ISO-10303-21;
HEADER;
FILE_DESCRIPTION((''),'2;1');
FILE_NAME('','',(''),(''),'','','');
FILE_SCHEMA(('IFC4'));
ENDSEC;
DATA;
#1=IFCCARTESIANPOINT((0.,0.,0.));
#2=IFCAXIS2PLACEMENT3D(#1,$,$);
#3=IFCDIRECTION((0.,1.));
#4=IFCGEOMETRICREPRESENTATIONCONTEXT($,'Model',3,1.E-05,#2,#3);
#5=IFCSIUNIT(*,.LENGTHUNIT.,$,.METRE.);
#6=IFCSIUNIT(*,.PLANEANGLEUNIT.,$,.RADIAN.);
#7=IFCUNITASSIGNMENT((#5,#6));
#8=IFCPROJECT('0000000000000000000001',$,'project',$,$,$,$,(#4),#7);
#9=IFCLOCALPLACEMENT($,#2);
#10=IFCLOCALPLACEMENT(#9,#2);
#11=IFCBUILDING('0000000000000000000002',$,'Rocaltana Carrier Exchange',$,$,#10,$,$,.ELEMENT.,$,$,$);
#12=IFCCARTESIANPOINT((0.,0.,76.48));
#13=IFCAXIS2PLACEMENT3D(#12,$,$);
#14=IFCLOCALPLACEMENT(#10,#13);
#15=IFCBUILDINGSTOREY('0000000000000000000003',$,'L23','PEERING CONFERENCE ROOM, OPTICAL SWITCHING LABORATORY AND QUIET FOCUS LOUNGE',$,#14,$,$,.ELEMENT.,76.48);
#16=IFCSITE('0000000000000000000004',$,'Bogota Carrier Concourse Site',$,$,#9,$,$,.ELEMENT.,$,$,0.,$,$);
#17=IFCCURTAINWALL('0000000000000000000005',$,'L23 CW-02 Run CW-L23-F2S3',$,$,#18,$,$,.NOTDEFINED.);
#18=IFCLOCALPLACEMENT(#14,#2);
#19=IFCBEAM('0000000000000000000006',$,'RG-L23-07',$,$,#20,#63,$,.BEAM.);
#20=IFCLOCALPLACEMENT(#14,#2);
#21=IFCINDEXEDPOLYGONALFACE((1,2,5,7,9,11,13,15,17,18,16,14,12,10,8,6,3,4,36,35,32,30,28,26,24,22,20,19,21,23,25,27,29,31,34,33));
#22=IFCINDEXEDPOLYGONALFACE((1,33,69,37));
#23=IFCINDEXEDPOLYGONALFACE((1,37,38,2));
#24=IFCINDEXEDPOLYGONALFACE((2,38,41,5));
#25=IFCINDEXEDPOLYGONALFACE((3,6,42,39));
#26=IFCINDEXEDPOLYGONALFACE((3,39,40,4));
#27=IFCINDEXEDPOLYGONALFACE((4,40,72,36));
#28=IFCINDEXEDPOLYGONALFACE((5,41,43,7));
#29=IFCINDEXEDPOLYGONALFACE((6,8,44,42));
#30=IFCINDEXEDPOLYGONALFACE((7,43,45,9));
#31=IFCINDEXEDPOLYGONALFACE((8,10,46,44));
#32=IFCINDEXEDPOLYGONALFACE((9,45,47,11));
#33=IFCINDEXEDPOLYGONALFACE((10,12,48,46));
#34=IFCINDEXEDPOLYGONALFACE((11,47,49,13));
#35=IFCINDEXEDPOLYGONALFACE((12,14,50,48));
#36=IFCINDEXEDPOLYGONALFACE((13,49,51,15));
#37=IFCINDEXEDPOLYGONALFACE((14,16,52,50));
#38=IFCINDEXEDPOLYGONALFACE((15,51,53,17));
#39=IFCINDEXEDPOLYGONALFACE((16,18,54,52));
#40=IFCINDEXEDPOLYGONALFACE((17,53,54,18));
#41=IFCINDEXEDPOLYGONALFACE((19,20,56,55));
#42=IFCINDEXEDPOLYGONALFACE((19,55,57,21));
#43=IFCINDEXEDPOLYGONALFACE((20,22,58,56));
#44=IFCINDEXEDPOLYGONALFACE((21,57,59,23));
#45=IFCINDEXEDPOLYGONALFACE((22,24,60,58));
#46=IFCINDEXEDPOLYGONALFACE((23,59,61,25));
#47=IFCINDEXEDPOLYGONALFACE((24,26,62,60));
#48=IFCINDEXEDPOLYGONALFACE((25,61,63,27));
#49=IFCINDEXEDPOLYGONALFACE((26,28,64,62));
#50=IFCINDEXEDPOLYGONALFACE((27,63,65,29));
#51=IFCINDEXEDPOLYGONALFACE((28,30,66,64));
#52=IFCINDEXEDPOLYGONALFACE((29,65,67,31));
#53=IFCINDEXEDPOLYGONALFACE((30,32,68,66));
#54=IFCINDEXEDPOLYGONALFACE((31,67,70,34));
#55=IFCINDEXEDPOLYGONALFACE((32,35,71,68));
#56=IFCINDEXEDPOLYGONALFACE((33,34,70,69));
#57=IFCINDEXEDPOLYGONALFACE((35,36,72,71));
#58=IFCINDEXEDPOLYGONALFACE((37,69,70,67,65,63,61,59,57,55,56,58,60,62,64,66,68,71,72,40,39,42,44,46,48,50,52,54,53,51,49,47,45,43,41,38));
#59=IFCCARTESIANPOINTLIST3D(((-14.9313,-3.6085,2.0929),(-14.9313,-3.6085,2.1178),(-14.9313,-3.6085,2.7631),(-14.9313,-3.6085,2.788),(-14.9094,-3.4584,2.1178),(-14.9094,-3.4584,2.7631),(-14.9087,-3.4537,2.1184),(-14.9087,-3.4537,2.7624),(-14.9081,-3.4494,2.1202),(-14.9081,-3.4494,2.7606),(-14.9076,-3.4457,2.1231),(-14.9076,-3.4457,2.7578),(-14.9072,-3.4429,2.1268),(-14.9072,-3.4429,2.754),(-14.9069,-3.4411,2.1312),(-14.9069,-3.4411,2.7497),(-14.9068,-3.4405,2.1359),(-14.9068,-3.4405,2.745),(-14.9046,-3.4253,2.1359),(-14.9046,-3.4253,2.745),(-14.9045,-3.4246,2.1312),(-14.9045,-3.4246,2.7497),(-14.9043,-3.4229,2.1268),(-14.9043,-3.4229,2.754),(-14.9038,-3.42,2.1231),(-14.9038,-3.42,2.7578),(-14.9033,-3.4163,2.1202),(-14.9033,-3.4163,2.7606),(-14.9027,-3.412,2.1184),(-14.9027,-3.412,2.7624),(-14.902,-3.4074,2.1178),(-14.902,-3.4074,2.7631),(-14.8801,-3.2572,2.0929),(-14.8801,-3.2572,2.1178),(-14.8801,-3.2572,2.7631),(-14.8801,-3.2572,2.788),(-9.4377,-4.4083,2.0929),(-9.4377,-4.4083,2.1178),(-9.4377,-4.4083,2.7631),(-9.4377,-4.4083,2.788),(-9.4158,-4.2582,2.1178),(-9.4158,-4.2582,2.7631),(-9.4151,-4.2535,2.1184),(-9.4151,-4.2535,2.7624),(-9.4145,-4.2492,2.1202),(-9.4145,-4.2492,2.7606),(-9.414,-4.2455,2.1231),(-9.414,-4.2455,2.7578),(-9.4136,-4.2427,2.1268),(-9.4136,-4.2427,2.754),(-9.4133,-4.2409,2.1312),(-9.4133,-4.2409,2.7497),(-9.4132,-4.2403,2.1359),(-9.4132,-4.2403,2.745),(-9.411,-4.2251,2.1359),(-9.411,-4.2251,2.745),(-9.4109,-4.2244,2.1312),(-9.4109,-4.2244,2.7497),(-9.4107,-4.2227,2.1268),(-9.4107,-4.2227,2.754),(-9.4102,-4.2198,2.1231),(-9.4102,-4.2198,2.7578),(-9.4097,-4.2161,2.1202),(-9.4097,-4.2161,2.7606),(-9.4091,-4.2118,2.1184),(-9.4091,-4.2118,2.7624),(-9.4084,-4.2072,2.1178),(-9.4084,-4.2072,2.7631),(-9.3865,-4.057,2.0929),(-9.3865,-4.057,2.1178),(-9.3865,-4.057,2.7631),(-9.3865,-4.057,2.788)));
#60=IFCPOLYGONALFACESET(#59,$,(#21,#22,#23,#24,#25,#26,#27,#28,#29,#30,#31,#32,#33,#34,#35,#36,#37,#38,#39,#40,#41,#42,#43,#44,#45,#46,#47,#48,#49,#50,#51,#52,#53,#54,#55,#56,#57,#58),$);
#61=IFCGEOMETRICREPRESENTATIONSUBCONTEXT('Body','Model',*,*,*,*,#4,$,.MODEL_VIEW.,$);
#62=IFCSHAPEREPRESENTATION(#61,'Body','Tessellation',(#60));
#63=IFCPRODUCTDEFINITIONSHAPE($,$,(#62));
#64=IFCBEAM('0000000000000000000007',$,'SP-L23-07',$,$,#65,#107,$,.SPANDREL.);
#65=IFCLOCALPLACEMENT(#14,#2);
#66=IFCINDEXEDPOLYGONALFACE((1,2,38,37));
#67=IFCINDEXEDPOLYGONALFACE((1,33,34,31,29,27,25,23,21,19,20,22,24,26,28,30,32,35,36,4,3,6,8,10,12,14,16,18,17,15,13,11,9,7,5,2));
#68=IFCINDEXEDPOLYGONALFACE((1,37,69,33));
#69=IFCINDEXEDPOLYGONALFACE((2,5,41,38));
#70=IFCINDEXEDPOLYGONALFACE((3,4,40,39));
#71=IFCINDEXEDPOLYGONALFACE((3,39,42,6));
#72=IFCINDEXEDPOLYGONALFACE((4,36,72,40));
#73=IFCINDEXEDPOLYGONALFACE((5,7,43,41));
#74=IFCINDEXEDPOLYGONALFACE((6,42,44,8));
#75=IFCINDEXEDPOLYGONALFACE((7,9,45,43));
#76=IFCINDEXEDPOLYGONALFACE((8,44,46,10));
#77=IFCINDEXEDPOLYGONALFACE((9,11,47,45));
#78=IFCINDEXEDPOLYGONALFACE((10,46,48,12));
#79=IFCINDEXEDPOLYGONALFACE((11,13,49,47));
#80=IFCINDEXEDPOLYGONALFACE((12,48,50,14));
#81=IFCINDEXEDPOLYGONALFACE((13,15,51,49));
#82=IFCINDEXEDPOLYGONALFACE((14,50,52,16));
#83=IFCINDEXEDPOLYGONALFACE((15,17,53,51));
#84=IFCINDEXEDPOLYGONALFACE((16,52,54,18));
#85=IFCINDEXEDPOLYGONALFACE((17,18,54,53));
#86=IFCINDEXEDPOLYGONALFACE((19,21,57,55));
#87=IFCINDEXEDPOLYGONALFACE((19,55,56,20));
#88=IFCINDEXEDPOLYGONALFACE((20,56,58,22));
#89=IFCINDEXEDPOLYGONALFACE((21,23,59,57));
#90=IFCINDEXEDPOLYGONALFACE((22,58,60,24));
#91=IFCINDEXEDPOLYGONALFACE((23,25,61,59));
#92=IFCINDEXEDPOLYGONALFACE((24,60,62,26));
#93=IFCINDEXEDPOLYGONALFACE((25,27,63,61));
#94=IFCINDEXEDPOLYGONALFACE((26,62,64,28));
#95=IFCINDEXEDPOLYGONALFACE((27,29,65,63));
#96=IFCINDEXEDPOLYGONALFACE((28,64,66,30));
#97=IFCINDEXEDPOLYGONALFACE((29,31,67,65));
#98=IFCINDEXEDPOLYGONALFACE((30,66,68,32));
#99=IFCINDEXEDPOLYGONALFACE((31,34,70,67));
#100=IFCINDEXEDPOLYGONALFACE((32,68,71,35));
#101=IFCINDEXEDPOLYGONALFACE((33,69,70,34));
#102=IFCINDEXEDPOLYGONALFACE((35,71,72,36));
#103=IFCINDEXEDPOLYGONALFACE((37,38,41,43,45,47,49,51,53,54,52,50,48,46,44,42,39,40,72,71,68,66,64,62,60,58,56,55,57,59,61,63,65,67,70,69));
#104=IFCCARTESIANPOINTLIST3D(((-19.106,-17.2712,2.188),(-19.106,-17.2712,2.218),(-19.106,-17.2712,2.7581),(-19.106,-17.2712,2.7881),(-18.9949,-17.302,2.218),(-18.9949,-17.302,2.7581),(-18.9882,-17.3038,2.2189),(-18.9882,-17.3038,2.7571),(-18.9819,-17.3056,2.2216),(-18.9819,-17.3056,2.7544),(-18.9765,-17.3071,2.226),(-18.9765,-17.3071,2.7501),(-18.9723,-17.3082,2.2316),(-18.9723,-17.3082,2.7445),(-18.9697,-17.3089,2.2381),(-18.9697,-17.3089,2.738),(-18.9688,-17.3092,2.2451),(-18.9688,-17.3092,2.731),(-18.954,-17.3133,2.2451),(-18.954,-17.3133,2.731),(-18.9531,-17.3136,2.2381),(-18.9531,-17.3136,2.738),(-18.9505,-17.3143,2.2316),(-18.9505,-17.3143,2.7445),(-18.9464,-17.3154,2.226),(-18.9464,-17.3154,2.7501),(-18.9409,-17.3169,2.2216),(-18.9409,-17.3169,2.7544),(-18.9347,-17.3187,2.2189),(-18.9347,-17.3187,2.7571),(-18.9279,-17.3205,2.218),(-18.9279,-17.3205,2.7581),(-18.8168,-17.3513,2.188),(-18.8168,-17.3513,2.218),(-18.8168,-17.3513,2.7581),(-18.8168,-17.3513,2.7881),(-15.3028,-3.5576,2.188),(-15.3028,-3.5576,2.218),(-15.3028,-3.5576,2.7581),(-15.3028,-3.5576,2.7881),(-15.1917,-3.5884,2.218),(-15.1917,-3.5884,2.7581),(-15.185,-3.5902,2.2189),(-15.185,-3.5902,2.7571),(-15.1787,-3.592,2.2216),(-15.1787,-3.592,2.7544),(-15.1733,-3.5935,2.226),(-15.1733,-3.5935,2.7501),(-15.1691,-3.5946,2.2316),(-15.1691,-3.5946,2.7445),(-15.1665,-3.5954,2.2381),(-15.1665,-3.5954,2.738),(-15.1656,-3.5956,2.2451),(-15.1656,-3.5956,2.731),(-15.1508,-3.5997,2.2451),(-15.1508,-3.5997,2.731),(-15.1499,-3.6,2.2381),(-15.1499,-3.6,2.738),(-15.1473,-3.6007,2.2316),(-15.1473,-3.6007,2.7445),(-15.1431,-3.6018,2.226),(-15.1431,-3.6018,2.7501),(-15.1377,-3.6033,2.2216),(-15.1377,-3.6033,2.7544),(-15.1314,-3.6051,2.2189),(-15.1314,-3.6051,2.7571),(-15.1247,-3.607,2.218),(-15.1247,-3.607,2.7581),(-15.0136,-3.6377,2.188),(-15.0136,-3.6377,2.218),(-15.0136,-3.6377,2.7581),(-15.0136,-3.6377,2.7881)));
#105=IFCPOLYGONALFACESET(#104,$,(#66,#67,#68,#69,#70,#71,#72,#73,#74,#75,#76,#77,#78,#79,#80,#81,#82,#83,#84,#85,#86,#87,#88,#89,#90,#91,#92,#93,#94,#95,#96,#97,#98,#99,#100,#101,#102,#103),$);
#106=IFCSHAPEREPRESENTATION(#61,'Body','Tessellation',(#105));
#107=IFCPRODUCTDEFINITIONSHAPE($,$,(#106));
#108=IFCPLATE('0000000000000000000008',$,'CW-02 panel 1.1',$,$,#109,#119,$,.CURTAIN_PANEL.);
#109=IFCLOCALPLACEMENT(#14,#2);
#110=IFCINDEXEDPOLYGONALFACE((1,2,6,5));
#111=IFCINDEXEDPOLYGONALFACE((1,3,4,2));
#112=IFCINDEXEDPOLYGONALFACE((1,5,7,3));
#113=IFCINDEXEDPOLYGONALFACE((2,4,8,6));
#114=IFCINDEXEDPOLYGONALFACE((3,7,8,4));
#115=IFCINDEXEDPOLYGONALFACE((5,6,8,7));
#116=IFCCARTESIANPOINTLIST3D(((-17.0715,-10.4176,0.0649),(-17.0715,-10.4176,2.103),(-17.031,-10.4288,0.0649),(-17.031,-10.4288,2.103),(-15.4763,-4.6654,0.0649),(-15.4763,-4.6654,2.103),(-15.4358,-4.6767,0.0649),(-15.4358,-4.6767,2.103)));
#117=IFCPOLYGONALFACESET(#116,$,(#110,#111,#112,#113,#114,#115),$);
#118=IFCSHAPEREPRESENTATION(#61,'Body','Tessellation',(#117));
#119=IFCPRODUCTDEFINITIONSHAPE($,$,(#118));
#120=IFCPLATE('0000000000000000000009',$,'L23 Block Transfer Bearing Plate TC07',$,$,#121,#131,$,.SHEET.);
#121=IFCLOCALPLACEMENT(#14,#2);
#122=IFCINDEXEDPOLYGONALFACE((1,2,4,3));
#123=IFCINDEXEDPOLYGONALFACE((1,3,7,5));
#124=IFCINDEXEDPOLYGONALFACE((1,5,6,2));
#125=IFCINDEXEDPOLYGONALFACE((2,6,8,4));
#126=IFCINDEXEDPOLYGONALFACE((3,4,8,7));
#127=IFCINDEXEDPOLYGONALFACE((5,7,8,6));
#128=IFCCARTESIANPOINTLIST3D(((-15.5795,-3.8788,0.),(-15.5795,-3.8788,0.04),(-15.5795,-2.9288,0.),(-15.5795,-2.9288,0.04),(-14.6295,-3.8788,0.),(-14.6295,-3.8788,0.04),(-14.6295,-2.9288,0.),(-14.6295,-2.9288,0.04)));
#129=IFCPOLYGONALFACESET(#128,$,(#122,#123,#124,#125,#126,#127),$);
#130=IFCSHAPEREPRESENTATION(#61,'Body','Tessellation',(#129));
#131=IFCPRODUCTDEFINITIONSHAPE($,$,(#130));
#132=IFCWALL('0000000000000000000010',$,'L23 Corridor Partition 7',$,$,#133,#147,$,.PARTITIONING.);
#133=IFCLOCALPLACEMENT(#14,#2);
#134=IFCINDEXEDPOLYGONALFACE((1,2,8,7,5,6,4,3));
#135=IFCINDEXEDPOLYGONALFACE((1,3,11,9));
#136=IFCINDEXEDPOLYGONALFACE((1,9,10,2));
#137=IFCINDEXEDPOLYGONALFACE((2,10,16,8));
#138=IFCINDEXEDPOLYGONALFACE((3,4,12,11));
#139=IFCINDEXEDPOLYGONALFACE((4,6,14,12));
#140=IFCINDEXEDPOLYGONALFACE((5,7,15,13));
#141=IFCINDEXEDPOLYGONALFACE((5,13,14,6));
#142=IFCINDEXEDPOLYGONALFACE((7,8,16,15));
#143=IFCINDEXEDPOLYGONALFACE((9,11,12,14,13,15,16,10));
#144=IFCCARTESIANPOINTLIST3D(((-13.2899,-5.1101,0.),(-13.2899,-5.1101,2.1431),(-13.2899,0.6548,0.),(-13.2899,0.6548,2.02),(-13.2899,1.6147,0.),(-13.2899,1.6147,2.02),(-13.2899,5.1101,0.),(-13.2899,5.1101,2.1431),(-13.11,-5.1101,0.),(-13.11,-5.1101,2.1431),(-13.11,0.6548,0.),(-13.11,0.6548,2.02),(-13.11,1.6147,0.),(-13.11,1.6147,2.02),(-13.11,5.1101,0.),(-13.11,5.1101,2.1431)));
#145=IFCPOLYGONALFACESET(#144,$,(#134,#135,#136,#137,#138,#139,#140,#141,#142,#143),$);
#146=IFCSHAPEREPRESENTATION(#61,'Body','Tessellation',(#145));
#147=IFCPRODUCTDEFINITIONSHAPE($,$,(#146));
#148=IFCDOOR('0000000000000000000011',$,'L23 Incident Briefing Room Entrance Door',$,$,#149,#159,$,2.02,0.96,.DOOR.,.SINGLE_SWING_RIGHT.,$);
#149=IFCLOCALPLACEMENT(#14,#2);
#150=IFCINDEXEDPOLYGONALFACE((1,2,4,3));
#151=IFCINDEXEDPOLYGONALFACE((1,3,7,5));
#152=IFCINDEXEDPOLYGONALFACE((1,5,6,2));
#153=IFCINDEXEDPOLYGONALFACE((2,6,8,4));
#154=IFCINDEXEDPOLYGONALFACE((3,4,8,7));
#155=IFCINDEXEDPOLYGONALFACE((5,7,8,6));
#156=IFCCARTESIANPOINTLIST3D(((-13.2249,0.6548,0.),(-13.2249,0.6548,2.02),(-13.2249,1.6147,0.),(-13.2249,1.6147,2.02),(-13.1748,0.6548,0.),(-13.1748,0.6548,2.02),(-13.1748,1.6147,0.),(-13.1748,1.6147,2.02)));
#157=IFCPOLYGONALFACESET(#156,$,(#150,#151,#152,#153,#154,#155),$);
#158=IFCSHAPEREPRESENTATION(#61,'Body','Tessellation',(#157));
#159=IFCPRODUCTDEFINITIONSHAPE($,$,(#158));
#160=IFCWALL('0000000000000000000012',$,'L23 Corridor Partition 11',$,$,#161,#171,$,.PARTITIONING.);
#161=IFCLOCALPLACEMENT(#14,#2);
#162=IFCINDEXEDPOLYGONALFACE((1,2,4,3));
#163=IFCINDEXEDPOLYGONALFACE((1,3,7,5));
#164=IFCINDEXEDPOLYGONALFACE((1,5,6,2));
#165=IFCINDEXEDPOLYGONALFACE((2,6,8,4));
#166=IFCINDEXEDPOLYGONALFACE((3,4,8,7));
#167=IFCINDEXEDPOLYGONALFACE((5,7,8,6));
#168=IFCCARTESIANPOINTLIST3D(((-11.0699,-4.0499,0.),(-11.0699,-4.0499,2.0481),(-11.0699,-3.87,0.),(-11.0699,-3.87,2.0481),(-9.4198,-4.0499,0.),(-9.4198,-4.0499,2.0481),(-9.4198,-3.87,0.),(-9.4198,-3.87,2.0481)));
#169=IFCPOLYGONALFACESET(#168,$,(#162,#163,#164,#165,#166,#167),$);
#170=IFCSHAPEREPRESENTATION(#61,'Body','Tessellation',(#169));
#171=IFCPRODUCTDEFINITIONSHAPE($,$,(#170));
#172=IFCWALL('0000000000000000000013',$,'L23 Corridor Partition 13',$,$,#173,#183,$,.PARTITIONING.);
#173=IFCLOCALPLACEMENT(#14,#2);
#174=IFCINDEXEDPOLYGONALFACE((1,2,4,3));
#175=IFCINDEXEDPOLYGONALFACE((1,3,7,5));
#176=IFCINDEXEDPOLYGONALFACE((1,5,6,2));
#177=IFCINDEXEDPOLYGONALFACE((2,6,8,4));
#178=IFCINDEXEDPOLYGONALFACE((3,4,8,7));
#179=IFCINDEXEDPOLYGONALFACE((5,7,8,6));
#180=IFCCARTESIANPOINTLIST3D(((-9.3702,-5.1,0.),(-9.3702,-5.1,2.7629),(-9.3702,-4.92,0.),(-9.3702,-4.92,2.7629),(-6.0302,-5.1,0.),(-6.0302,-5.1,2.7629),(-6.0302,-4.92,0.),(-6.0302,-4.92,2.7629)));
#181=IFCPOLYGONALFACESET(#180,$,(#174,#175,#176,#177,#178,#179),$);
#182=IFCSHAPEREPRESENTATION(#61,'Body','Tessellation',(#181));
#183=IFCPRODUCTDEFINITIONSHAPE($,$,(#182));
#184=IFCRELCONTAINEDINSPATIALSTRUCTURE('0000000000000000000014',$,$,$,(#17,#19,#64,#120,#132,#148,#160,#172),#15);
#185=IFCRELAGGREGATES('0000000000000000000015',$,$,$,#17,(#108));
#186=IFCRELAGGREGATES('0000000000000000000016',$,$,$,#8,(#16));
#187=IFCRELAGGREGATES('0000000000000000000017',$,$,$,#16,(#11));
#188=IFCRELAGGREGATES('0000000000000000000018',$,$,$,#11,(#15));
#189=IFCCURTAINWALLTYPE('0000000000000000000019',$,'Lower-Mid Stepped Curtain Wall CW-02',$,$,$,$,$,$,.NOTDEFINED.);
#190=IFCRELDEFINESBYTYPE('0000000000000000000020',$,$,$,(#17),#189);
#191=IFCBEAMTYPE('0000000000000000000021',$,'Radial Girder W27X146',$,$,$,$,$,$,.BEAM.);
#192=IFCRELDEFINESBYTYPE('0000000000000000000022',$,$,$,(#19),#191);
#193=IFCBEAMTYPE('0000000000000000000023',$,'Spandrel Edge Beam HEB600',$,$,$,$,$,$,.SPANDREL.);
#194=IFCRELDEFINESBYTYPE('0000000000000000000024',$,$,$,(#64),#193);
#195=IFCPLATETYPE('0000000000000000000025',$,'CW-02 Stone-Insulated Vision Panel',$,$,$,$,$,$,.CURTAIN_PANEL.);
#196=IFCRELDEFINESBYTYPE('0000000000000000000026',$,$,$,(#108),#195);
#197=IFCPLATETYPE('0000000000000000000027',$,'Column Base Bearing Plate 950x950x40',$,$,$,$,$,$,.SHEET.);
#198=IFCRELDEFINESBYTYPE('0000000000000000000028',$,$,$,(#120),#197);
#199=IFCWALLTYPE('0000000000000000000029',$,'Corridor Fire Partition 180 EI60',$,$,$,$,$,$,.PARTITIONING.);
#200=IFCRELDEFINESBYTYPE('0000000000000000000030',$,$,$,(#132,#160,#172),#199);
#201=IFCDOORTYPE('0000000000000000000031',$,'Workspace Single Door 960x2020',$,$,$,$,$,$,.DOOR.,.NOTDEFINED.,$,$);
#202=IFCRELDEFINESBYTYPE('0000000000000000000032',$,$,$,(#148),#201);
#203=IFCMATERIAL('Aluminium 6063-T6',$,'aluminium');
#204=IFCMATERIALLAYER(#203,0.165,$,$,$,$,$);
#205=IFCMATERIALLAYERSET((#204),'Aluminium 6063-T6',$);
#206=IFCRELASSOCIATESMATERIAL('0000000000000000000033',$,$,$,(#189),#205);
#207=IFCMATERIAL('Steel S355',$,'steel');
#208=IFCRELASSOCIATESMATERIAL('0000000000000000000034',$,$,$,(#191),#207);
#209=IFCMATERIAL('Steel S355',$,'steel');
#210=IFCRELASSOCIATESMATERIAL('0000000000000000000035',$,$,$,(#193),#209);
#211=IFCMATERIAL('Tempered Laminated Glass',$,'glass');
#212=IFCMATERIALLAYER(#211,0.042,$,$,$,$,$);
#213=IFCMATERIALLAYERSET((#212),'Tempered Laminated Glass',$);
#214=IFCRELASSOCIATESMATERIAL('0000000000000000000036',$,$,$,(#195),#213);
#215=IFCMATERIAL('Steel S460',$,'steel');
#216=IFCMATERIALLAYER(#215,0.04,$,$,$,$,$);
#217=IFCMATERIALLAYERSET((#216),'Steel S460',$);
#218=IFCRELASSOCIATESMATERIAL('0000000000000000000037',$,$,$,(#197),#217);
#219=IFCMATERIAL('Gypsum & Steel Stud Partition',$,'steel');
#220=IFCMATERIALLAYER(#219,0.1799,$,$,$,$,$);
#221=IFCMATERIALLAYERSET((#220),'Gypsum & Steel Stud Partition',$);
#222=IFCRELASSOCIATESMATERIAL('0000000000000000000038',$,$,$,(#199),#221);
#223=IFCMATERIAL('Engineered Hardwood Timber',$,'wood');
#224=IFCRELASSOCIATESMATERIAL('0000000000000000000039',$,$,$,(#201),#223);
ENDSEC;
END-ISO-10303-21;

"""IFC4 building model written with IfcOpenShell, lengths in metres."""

from ifc_helpers import new_model, si_unit, direction, frame, frame_2d, origin, origin_2d, place, context, subcontext, project, spatial, rectangle, i_section, extrude, material, layer, layer_set, material_profile, profile_set, type_object, element, fill, aggregate, save


model = new_model("IFC4")

# Units and contexts
model_context = context("Model", 3, precision=1e-05, world=origin(), true_north=direction((0.0, 1.0)))
body_context = subcontext(model_context, "Body", "Model", "MODEL_VIEW")
ifc_project = project(units=[si_unit("LENGTHUNIT", "METRE"), si_unit("PLANEANGLEUNIT", "RADIAN")], contexts=[model_context])

# Site, building, storey
site_placement = place(None, origin())
site = spatial("IfcSite", under=ifc_project, at=site_placement, Name="Bogota Carrier Concourse Site", CompositionType="ELEMENT", RefElevation=0.0)
building_placement = place(site_placement, origin())
building = spatial("IfcBuilding", under=site, at=building_placement, Name="Rocaltana Carrier Exchange", CompositionType="ELEMENT")
storey_placement = place(building_placement, frame((0.0, 0.0, 76.48)))
storey = spatial("IfcBuildingStorey", under=building, at=storey_placement, Name="L23", Description="PEERING CONFERENCE ROOM, OPTICAL SWITCHING LABORATORY AND QUIET FOCUS LOUNGE", CompositionType="ELEMENT", Elevation=76.48)

# Shared definitions
ifc_material_1 = material(Name="Aluminium 6063-T6", Category="aluminium")
ifc_layer_1 = layer(ifc_material_1, 0.165)
ifc_layer_set_1 = layer_set([ifc_layer_1], Name="Aluminium 6063-T6")
curtain_wall_type = type_object("IfcCurtainWallType", Name="Lower-Mid Stepped Curtain Wall CW-02", PredefinedType="NOTDEFINED", material=ifc_layer_set_1)

# Curtain wall
curtain_wall_1_placement = place(storey_placement, origin())
curtain_wall_1 = element("IfcCurtainWall", 1, at=curtain_wall_1_placement, inside=storey, type_object=curtain_wall_type, Name="L23 CW-02 Run CW-L23-F2S3", PredefinedType="NOTDEFINED")

# Beams
ifc_material_2 = material(Name="Steel S355", Category="steel")
ifc_material_profile_1 = material_profile(ifc_material_2, i_section(OverallWidth=0.355, OverallDepth=0.6951, WebThickness=0.0154, FlangeThickness=0.0249, FilletRadius=0.0181, at=origin_2d()), Name="W27X146")
ifc_profile_set_1 = profile_set([ifc_material_profile_1], Name="Steel S355")
beam_type_1 = type_object("IfcBeamType", Name="Radial Girder W27X146", PredefinedType="BEAM", material=ifc_profile_set_1)
beam_1_placement = place(storey_placement, frame((-9.4121, -4.2327, 2.4404), z_axis=(-0.989568, 0.144068, 0.0), x_axis=(-0.144068, -0.989568, 0.0)))
element("IfcBeam", 2, at=beam_1_placement, inside=storey, type_object=beam_type_1, Name="RG-L23-07", PredefinedType="BEAM", context=body_context, shape_type="SweptSolid", body=[
    extrude(i_section(OverallWidth=0.355, OverallDepth=0.6951, WebThickness=0.0154, FlangeThickness=0.0249, FilletRadius=0.0181, at=origin_2d()), origin(), (0.0, 0.0, 1.0), 5.5515),
])
ifc_material_3 = material(Name="Steel S355", Category="steel")
ifc_material_profile_2 = material_profile(ifc_material_3, i_section(OverallWidth=0.3, OverallDepth=0.6001, WebThickness=0.0154, FlangeThickness=0.03, FilletRadius=0.0271, at=origin_2d()), Name="HEB600")
ifc_profile_set_2 = profile_set([ifc_material_profile_2], Name="Steel S355")
beam_type_2 = type_object("IfcBeamType", Name="Spandrel Edge Beam HEB600", PredefinedType="SPANDREL", material=ifc_profile_set_2)
beam_2_placement = place(storey_placement, frame((-15.1582, -3.5977, 2.488), z_axis=(-0.267245, -0.963629, 0.0), x_axis=(0.963629, -0.267245, 0.0)))
element("IfcBeam", 3, at=beam_2_placement, inside=storey, type_object=beam_type_2, Name="SP-L23-07", PredefinedType="SPANDREL", context=body_context, shape_type="SweptSolid", body=[
    extrude(i_section(OverallWidth=0.3, OverallDepth=0.6001, WebThickness=0.0154, FlangeThickness=0.03, FilletRadius=0.0271, at=origin_2d()), origin(), (0.0, 0.0, 1.0), 14.2312),
])

# Plates
ifc_material_4 = material(Name="Tempered Laminated Glass", Category="glass")
ifc_layer_2 = layer(ifc_material_4, 0.042)
ifc_layer_set_2 = layer_set([ifc_layer_2], Name="Tempered Laminated Glass")
plate_type_1 = type_object("IfcPlateType", Name="CW-02 Stone-Insulated Vision Panel", PredefinedType="CURTAIN_PANEL", material=ifc_layer_set_2)
plate_1_placement = place(storey_placement, frame((-16.2537, -7.5471, 0.0649), z_axis=(0.0, 0.0, 1.0), x_axis=(-0.267243, -0.963629, 0.0)))
plate_1 = element("IfcPlate", 4, at=plate_1_placement, type_object=plate_type_1, Name="CW-02 panel 1.1", PredefinedType="CURTAIN_PANEL", context=body_context, shape_type="SweptSolid", body=[
    extrude(rectangle(XDim=5.9692, YDim=0.042, at=origin_2d()), origin(), (0.0, 0.0, 1.0), 2.0381),
])
aggregate(curtain_wall_1, [plate_1])
ifc_material_5 = material(Name="Steel S460", Category="steel")
ifc_layer_3 = layer(ifc_material_5, 0.04)
ifc_layer_set_3 = layer_set([ifc_layer_3], Name="Steel S460")
plate_type_2 = type_object("IfcPlateType", Name="Column Base Bearing Plate 950x950x40", PredefinedType="SHEET", material=ifc_layer_set_3)
plate_2_placement = place(storey_placement, frame((-15.1045, -3.4038, 0.0), z_axis=(0.0, 0.0, 1.0), x_axis=(1.0, 0.0, 0.0)))
element("IfcPlate", 5, at=plate_2_placement, inside=storey, type_object=plate_type_2, Name="L23 Block Transfer Bearing Plate TC07", PredefinedType="SHEET", context=body_context, shape_type="SweptSolid", body=[
    extrude(rectangle(XDim=0.95, YDim=0.95, at=origin_2d()), origin(), (0.0, 0.0, 1.0), 0.04),
])

# Wall, opening, door
ifc_material_6 = material(Name="Gypsum & Steel Stud Partition", Category="steel")
ifc_layer_4 = layer(ifc_material_6, 0.1799)
ifc_layer_set_4 = layer_set([ifc_layer_4], Name="Gypsum & Steel Stud Partition")
wall_type_1 = type_object("IfcWallType", Name="Corridor Fire Partition 180 EI60", PredefinedType="PARTITIONING", material=ifc_layer_set_4)
wall_1_placement = place(storey_placement, frame((-13.2, -5.1101, 0.0), z_axis=(0.0, 0.0, 1.0), x_axis=(0.0, 1.0, 0.0)))
wall_1 = element("IfcWall", 6, at=wall_1_placement, inside=storey, type_object=wall_type_1, Name="L23 Corridor Partition 7", PredefinedType="PARTITIONING", context=body_context, shape_type="SweptSolid", body=[
    extrude(rectangle(XDim=10.2202, YDim=0.1799, at=frame_2d((5.1101, 0.0))), origin(), (0.0, 0.0, 1.0), 2.1431),
])
opening_placement = place(wall_1_placement, frame((5.7649, 0.0, 0.0)))
opening = element("IfcOpeningElement", 7, at=opening_placement, cuts=wall_1, PredefinedType="OPENING", context=body_context, shape_type="SweptSolid", body=[
    extrude(rectangle(XDim=0.96, YDim=2.02, at=frame_2d((0.48, 1.01))), frame((0.0, 0.0999, 0.0), z_axis=(0.0, -1.0, 0.0), x_axis=(1.0, 0.0, 0.0)), (0.0, 0.0, 1.0), 0.2),
])
ifc_material_7 = material(Name="Engineered Hardwood Timber", Category="wood")
door_type = type_object("IfcDoorType", Name="Workspace Single Door 960x2020", OperationType="NOTDEFINED", PredefinedType="DOOR", material=ifc_material_7)
door_placement = place(opening_placement, origin())
door = element("IfcDoor", 8, at=door_placement, inside=storey, type_object=door_type, Name="L23 Incident Briefing Room Entrance Door", OperationType="SINGLE_SWING_RIGHT", OverallHeight=2.02, OverallWidth=0.96, PredefinedType="DOOR", context=body_context, shape_type="SweptSolid", body=[
    extrude(rectangle(XDim=0.96, YDim=2.02, at=frame_2d((0.48, 1.01))), frame((0.0, 0.0249, 0.0), z_axis=(0.0, -1.0, 0.0), x_axis=(1.0, 0.0, 0.0)), (0.0, 0.0, 1.0), 0.05),
])
fill(opening, door)

# Walls
wall_2_placement = place(storey_placement, frame((-11.0701, -3.96, 0.0), z_axis=(0.0, 0.0, 1.0), x_axis=(1.0, 0.0, 0.0)))
element("IfcWall", 9, at=wall_2_placement, inside=storey, type_object=wall_type_1, Name="L23 Corridor Partition 11", PredefinedType="PARTITIONING", context=body_context, shape_type="SweptSolid", body=[
    extrude(rectangle(XDim=1.6501, YDim=0.1799, at=frame_2d((0.8252, 0.0))), origin(), (0.0, 0.0, 1.0), 2.0481),
])
wall_3_placement = place(storey_placement, frame((-9.3701, -5.01, 0.0), z_axis=(0.0, 0.0, 1.0), x_axis=(1.0, 0.0, 0.0)))
element("IfcWall", 10, at=wall_3_placement, inside=storey, type_object=wall_type_1, Name="L23 Corridor Partition 13", PredefinedType="PARTITIONING", context=body_context, shape_type="SweptSolid", body=[
    extrude(rectangle(XDim=3.3401, YDim=0.1799, at=frame_2d((1.6699, 0.0))), origin(), (0.0, 0.0, 1.0), 2.7629),
])

save(model, "model.ifc")
